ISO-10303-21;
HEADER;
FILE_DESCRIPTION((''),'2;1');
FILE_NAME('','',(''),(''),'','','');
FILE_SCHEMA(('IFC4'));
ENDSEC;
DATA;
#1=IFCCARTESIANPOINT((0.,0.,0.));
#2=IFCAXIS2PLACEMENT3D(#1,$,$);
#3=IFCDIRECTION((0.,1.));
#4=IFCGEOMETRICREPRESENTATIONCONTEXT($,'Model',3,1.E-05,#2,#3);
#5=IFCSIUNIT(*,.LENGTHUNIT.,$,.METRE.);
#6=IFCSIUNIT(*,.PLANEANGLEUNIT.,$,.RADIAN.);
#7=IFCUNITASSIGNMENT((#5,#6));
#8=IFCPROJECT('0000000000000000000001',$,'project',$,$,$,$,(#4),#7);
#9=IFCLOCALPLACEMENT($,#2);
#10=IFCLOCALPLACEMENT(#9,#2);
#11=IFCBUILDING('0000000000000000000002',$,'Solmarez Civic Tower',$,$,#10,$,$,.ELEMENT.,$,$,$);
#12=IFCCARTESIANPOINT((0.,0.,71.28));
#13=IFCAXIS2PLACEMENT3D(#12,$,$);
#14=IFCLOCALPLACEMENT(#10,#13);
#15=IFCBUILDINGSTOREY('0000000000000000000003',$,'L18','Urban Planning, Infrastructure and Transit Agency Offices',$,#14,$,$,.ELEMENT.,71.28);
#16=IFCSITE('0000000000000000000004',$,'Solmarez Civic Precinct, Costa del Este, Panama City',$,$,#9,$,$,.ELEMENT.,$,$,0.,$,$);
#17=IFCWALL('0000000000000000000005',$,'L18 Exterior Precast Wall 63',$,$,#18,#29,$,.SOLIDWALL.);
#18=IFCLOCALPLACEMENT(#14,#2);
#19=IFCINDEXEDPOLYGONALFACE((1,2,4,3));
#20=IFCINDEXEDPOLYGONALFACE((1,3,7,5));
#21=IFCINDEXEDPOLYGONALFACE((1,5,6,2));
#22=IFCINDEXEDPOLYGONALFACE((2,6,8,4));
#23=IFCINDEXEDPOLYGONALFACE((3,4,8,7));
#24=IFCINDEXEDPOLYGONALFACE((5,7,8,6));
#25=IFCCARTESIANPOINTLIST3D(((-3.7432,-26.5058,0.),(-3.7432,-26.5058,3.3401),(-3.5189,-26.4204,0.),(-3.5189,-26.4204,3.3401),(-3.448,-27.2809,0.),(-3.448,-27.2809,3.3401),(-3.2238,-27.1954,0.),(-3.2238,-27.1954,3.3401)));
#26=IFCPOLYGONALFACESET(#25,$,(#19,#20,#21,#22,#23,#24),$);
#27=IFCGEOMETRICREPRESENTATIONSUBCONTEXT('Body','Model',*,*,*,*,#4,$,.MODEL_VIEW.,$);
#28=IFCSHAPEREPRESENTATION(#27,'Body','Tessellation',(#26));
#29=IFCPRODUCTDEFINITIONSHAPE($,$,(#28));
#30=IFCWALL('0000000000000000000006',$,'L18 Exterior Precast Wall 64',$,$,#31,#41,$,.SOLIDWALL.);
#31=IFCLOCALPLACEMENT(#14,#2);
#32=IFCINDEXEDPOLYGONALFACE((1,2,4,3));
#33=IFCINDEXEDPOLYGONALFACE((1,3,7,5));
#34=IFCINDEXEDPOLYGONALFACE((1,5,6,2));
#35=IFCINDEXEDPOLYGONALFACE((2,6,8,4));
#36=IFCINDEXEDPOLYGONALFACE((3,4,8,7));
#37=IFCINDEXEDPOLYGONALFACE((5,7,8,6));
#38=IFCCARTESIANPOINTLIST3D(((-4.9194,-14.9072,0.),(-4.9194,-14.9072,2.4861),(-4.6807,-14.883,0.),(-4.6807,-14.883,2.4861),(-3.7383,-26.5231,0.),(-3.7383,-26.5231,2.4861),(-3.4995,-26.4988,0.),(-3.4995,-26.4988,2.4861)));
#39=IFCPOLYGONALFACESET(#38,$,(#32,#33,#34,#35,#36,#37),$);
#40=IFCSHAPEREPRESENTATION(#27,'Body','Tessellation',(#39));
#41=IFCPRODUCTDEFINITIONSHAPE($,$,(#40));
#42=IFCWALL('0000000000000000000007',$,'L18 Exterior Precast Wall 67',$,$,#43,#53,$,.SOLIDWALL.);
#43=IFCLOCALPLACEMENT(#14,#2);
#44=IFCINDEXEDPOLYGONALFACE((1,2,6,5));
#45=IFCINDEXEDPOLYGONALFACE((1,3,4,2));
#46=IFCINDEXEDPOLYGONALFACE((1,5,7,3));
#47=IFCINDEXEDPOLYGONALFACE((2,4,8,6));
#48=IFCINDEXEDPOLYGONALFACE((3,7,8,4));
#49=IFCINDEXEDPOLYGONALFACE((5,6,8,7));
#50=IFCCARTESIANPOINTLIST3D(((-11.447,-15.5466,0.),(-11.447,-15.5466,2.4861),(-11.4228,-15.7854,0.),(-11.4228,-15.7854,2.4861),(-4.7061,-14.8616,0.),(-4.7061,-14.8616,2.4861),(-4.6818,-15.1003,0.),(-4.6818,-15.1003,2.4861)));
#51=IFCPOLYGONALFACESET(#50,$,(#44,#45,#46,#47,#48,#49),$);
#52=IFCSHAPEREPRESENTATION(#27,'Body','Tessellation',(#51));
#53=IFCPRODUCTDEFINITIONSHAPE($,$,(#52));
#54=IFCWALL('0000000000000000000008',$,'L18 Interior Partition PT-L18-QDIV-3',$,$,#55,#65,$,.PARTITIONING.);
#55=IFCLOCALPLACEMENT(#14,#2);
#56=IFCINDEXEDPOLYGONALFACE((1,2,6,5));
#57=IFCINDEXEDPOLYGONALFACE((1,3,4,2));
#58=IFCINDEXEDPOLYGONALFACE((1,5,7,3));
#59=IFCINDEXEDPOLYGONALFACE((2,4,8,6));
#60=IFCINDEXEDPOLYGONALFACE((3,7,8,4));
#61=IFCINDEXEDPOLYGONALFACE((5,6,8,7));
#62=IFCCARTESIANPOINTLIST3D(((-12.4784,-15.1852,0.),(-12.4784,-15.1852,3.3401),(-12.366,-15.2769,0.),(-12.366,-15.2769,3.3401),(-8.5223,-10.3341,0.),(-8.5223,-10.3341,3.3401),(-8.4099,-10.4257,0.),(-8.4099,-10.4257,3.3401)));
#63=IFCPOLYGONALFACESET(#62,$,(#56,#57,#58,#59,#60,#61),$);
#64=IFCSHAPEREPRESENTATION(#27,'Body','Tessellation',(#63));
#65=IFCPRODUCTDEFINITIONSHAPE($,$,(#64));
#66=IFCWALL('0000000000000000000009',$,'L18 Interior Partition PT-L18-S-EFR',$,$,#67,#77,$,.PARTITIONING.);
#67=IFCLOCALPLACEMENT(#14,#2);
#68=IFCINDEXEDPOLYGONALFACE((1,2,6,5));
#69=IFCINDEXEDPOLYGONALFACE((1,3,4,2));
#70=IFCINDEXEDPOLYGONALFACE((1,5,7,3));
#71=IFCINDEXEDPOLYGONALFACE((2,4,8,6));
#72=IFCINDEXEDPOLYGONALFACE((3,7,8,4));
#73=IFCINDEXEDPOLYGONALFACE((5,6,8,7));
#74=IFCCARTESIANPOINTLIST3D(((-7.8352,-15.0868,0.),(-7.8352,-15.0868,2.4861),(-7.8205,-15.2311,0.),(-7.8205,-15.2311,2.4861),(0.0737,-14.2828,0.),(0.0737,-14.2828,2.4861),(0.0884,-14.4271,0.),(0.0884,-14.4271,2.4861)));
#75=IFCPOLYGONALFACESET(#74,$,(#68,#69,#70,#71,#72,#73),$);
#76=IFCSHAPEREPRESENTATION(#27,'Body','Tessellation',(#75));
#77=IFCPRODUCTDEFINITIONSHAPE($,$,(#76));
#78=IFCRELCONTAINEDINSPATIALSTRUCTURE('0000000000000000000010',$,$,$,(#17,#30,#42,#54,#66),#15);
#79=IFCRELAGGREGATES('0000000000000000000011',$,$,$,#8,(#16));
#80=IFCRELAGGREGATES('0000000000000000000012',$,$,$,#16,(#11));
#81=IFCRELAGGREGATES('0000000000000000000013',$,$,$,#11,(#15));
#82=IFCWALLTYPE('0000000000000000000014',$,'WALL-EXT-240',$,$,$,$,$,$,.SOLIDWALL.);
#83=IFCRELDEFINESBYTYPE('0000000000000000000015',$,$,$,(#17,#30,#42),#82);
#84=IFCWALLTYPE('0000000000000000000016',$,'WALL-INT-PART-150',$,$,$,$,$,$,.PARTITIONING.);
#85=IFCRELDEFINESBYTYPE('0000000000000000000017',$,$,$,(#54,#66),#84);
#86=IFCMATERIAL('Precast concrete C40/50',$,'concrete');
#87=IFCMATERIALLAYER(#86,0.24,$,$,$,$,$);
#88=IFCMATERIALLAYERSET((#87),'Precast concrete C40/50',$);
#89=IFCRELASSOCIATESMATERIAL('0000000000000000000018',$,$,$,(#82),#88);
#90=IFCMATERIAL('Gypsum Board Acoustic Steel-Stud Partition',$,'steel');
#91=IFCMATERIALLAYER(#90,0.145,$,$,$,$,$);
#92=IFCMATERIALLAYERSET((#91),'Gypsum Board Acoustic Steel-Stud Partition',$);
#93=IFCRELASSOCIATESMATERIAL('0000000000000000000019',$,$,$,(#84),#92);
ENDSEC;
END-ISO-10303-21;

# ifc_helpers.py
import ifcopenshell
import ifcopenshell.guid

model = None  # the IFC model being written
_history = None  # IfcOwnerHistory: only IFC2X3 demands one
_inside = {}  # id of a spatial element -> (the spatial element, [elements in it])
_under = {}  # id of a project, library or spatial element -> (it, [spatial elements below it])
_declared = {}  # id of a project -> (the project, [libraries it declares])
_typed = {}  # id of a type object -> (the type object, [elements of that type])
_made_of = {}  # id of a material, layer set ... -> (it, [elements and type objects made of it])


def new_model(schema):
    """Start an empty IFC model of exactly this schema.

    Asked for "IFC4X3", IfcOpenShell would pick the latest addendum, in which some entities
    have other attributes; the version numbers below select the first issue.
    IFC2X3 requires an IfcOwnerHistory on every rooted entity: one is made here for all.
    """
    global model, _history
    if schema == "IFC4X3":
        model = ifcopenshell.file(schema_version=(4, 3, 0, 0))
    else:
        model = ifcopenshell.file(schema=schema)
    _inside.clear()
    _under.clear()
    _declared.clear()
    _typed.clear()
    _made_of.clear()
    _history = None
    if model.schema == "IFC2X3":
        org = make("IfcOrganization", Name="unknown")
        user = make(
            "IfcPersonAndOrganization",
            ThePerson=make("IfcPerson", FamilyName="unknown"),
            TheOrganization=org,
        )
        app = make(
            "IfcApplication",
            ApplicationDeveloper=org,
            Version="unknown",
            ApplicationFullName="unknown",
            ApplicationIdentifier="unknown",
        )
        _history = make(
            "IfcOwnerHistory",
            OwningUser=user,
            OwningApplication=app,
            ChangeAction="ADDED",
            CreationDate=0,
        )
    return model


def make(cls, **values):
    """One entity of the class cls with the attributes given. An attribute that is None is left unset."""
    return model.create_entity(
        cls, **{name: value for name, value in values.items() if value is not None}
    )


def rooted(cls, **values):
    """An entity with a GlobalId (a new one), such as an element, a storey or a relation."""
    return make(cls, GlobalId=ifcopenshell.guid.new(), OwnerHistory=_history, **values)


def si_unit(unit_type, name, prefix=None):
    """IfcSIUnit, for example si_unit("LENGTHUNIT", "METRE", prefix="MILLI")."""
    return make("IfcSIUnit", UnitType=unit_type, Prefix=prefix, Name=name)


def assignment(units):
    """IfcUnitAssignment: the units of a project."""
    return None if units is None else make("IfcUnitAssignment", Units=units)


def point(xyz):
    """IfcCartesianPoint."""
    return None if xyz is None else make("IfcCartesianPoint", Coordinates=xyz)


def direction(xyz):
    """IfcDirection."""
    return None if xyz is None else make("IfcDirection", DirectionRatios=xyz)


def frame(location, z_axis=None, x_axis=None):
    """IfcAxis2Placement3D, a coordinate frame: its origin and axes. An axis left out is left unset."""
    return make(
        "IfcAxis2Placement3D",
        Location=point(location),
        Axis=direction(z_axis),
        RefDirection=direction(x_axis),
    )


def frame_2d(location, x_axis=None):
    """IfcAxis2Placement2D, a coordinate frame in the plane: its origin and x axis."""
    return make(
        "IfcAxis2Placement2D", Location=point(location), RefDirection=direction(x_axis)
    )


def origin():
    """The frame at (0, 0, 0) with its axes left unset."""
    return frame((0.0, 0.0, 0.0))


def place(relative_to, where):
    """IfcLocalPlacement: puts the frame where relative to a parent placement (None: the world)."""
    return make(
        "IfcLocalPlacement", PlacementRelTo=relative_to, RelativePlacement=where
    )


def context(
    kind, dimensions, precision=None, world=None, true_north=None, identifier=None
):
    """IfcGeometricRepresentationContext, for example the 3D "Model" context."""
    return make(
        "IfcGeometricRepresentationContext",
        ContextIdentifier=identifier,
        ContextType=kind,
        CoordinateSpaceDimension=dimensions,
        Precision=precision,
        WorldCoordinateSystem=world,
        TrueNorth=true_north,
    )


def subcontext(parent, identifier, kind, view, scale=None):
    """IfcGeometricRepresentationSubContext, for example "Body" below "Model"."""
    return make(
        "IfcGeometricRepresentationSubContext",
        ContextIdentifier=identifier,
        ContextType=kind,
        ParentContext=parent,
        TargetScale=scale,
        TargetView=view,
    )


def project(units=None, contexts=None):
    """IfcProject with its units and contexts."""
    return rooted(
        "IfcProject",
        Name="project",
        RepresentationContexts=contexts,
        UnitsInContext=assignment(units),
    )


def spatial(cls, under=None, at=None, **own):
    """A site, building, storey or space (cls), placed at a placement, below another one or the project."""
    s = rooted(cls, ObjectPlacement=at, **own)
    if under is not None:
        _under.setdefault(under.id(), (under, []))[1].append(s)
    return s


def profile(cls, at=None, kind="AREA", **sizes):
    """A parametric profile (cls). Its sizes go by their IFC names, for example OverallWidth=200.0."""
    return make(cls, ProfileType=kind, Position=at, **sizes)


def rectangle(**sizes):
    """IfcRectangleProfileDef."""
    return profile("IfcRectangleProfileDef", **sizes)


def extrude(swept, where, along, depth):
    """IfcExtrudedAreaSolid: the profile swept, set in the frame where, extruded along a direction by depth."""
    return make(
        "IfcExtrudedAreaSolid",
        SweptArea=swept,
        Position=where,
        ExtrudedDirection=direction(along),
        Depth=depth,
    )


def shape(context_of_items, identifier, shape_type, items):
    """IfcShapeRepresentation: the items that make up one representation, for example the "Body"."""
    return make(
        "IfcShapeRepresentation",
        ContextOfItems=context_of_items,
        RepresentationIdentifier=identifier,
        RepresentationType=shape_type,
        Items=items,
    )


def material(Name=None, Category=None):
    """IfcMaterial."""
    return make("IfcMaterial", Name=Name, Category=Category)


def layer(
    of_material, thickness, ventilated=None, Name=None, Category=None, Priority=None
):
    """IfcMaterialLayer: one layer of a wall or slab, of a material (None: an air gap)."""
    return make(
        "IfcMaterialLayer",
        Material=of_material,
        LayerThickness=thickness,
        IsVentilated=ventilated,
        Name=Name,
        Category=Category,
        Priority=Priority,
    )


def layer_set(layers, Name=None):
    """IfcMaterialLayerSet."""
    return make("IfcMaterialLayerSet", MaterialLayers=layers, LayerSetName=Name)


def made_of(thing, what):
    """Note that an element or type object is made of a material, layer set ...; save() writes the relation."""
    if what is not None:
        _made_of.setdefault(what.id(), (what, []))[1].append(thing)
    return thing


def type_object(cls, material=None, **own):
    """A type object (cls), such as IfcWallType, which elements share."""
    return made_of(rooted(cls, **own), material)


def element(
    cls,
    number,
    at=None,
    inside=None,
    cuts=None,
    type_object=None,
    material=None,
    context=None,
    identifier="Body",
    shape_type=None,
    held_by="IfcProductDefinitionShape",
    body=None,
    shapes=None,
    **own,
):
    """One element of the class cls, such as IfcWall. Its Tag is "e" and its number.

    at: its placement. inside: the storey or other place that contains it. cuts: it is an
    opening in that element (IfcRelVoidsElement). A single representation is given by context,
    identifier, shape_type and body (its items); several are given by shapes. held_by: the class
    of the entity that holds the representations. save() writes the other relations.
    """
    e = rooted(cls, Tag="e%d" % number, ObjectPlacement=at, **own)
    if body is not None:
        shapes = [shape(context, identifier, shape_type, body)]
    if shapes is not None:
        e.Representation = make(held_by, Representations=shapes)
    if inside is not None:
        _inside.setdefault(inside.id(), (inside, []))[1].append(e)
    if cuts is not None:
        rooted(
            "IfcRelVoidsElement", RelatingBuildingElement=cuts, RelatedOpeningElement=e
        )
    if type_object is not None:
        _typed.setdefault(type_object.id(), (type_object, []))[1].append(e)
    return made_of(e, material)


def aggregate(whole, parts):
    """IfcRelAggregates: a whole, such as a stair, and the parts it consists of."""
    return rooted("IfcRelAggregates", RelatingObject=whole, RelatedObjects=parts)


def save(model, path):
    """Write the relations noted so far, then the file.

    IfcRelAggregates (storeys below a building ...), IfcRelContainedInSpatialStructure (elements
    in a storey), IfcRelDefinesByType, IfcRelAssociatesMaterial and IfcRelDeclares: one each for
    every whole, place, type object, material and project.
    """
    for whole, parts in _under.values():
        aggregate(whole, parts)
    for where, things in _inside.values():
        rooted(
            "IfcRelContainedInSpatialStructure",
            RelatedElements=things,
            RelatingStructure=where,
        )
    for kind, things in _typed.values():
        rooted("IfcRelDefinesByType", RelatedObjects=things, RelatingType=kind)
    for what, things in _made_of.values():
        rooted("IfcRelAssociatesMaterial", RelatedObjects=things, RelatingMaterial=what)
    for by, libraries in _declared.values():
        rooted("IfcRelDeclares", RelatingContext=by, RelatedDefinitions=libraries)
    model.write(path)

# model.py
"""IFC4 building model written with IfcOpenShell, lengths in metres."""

from ifc_helpers import new_model, si_unit, direction, frame, frame_2d, origin, place, context, subcontext, project, spatial, rectangle, extrude, material, layer, layer_set, type_object, element, save


model = new_model("IFC4")

# Units and contexts
model_context = context("Model", 3, precision=1e-05, world=origin(), true_north=direction((0.0, 1.0)))
body_context = subcontext(model_context, "Body", "Model", "MODEL_VIEW")
ifc_project = project(units=[si_unit("LENGTHUNIT", "METRE"), si_unit("PLANEANGLEUNIT", "RADIAN")], contexts=[model_context])

# Site, building, storey
site_placement = place(None, origin())
site = spatial("IfcSite", under=ifc_project, at=site_placement, Name="Solmarez Civic Precinct, Costa del Este, Panama City", CompositionType="ELEMENT", RefElevation=0.0)
building_placement = place(site_placement, origin())
building = spatial("IfcBuilding", under=site, at=building_placement, Name="Solmarez Civic Tower", CompositionType="ELEMENT")
storey_placement = place(building_placement, frame((0.0, 0.0, 71.28)))
storey = spatial("IfcBuildingStorey", under=building, at=storey_placement, Name="L18", Description="Urban Planning, Infrastructure and Transit Agency Offices", CompositionType="ELEMENT", Elevation=71.28)

# Walls
ifc_material_1 = material(Name="Precast concrete C40/50", Category="concrete")
ifc_layer_1 = layer(ifc_material_1, 0.24)
ifc_layer_set_1 = layer_set([ifc_layer_1], Name="Precast concrete C40/50")
wall_type_1 = type_object("IfcWallType", Name="WALL-EXT-240", PredefinedType="SOLIDWALL", material=ifc_layer_set_1)
wall_1_placement = place(storey_placement, frame((-3.3359, -27.238, 0.0), z_axis=(0.0, 0.0, 1.0), x_axis=(-0.355861, 0.934539, 0.0)))
element("IfcWall", 1, at=wall_1_placement, inside=storey, type_object=wall_type_1, Name="L18 Exterior Precast Wall 63", PredefinedType="SOLIDWALL", context=body_context, shape_type="SweptSolid", body=[
    extrude(rectangle(XDim=0.8293, YDim=0.24, at=frame_2d((0.4146, 0.0))), origin(), (0.0, 0.0, 1.0), 3.3401),
])
wall_2_placement = place(storey_placement, frame((-3.6189, -26.511, 0.0), z_axis=(0.0, 0.0, 1.0), x_axis=(-0.101162, 0.99487, 0.0)))
element("IfcWall", 2, at=wall_2_placement, inside=storey, type_object=wall_type_1, Name="L18 Exterior Precast Wall 64", PredefinedType="SOLIDWALL", context=body_context, shape_type="SweptSolid", body=[
    extrude(rectangle(XDim=11.6758, YDim=0.24, at=frame_2d((5.8379, 0.0))), origin(), (0.0, 0.0, 1.0), 2.4861),
])
wall_3_placement = place(storey_placement, frame((-4.6941, -14.981, 0.0), z_axis=(0.0, 0.0, 1.0), x_axis=(-0.994876, -0.101105, 0.0)))
element("IfcWall", 3, at=wall_3_placement, inside=storey, type_object=wall_type_1, Name="L18 Exterior Precast Wall 67", PredefinedType="SOLIDWALL", context=body_context, shape_type="SweptSolid", body=[
    extrude(rectangle(XDim=6.7756, YDim=0.24, at=frame_2d((3.3877, 0.0))), origin(), (0.0, 0.0, 1.0), 2.4861),
])
ifc_material_2 = material(Name="Gypsum Board Acoustic Steel-Stud Partition", Category="steel")
ifc_layer_2 = layer(ifc_material_2, 0.145)
ifc_layer_set_2 = layer_set([ifc_layer_2], Name="Gypsum Board Acoustic Steel-Stud Partition")
wall_type_2 = type_object("IfcWallType", Name="WALL-INT-PART-150", PredefinedType="PARTITIONING", material=ifc_layer_set_2)
wall_4_placement = place(storey_placement, frame((-8.4661, -10.3799, 0.0), z_axis=(0.0, 0.0, 1.0), x_axis=(-0.631992, -0.774975, 0.0)))
element("IfcWall", 4, at=wall_4_placement, inside=storey, type_object=wall_type_2, Name="L18 Interior Partition PT-L18-QDIV-3", PredefinedType="PARTITIONING", context=body_context, shape_type="SweptSolid", body=[
    extrude(rectangle(XDim=6.2598, YDim=0.145, at=frame_2d((3.1299, 0.0))), origin(), (0.0, 0.0, 1.0), 3.3401),
])
wall_5_placement = place(storey_placement, frame((-7.8279, -15.1589, 0.0), z_axis=(0.0, 0.0, 1.0), x_axis=(0.994873, 0.10113, 0.0)))
element("IfcWall", 5, at=wall_5_placement, inside=storey, type_object=wall_type_2, Name="L18 Interior Partition PT-L18-S-EFR", PredefinedType="PARTITIONING", context=body_context, shape_type="SweptSolid", body=[
    extrude(rectangle(XDim=7.9497, YDim=0.145, at=frame_2d((3.9749, 0.0))), origin(), (0.0, 0.0, 1.0), 2.4861),
])

save(model, "model.ifc")
